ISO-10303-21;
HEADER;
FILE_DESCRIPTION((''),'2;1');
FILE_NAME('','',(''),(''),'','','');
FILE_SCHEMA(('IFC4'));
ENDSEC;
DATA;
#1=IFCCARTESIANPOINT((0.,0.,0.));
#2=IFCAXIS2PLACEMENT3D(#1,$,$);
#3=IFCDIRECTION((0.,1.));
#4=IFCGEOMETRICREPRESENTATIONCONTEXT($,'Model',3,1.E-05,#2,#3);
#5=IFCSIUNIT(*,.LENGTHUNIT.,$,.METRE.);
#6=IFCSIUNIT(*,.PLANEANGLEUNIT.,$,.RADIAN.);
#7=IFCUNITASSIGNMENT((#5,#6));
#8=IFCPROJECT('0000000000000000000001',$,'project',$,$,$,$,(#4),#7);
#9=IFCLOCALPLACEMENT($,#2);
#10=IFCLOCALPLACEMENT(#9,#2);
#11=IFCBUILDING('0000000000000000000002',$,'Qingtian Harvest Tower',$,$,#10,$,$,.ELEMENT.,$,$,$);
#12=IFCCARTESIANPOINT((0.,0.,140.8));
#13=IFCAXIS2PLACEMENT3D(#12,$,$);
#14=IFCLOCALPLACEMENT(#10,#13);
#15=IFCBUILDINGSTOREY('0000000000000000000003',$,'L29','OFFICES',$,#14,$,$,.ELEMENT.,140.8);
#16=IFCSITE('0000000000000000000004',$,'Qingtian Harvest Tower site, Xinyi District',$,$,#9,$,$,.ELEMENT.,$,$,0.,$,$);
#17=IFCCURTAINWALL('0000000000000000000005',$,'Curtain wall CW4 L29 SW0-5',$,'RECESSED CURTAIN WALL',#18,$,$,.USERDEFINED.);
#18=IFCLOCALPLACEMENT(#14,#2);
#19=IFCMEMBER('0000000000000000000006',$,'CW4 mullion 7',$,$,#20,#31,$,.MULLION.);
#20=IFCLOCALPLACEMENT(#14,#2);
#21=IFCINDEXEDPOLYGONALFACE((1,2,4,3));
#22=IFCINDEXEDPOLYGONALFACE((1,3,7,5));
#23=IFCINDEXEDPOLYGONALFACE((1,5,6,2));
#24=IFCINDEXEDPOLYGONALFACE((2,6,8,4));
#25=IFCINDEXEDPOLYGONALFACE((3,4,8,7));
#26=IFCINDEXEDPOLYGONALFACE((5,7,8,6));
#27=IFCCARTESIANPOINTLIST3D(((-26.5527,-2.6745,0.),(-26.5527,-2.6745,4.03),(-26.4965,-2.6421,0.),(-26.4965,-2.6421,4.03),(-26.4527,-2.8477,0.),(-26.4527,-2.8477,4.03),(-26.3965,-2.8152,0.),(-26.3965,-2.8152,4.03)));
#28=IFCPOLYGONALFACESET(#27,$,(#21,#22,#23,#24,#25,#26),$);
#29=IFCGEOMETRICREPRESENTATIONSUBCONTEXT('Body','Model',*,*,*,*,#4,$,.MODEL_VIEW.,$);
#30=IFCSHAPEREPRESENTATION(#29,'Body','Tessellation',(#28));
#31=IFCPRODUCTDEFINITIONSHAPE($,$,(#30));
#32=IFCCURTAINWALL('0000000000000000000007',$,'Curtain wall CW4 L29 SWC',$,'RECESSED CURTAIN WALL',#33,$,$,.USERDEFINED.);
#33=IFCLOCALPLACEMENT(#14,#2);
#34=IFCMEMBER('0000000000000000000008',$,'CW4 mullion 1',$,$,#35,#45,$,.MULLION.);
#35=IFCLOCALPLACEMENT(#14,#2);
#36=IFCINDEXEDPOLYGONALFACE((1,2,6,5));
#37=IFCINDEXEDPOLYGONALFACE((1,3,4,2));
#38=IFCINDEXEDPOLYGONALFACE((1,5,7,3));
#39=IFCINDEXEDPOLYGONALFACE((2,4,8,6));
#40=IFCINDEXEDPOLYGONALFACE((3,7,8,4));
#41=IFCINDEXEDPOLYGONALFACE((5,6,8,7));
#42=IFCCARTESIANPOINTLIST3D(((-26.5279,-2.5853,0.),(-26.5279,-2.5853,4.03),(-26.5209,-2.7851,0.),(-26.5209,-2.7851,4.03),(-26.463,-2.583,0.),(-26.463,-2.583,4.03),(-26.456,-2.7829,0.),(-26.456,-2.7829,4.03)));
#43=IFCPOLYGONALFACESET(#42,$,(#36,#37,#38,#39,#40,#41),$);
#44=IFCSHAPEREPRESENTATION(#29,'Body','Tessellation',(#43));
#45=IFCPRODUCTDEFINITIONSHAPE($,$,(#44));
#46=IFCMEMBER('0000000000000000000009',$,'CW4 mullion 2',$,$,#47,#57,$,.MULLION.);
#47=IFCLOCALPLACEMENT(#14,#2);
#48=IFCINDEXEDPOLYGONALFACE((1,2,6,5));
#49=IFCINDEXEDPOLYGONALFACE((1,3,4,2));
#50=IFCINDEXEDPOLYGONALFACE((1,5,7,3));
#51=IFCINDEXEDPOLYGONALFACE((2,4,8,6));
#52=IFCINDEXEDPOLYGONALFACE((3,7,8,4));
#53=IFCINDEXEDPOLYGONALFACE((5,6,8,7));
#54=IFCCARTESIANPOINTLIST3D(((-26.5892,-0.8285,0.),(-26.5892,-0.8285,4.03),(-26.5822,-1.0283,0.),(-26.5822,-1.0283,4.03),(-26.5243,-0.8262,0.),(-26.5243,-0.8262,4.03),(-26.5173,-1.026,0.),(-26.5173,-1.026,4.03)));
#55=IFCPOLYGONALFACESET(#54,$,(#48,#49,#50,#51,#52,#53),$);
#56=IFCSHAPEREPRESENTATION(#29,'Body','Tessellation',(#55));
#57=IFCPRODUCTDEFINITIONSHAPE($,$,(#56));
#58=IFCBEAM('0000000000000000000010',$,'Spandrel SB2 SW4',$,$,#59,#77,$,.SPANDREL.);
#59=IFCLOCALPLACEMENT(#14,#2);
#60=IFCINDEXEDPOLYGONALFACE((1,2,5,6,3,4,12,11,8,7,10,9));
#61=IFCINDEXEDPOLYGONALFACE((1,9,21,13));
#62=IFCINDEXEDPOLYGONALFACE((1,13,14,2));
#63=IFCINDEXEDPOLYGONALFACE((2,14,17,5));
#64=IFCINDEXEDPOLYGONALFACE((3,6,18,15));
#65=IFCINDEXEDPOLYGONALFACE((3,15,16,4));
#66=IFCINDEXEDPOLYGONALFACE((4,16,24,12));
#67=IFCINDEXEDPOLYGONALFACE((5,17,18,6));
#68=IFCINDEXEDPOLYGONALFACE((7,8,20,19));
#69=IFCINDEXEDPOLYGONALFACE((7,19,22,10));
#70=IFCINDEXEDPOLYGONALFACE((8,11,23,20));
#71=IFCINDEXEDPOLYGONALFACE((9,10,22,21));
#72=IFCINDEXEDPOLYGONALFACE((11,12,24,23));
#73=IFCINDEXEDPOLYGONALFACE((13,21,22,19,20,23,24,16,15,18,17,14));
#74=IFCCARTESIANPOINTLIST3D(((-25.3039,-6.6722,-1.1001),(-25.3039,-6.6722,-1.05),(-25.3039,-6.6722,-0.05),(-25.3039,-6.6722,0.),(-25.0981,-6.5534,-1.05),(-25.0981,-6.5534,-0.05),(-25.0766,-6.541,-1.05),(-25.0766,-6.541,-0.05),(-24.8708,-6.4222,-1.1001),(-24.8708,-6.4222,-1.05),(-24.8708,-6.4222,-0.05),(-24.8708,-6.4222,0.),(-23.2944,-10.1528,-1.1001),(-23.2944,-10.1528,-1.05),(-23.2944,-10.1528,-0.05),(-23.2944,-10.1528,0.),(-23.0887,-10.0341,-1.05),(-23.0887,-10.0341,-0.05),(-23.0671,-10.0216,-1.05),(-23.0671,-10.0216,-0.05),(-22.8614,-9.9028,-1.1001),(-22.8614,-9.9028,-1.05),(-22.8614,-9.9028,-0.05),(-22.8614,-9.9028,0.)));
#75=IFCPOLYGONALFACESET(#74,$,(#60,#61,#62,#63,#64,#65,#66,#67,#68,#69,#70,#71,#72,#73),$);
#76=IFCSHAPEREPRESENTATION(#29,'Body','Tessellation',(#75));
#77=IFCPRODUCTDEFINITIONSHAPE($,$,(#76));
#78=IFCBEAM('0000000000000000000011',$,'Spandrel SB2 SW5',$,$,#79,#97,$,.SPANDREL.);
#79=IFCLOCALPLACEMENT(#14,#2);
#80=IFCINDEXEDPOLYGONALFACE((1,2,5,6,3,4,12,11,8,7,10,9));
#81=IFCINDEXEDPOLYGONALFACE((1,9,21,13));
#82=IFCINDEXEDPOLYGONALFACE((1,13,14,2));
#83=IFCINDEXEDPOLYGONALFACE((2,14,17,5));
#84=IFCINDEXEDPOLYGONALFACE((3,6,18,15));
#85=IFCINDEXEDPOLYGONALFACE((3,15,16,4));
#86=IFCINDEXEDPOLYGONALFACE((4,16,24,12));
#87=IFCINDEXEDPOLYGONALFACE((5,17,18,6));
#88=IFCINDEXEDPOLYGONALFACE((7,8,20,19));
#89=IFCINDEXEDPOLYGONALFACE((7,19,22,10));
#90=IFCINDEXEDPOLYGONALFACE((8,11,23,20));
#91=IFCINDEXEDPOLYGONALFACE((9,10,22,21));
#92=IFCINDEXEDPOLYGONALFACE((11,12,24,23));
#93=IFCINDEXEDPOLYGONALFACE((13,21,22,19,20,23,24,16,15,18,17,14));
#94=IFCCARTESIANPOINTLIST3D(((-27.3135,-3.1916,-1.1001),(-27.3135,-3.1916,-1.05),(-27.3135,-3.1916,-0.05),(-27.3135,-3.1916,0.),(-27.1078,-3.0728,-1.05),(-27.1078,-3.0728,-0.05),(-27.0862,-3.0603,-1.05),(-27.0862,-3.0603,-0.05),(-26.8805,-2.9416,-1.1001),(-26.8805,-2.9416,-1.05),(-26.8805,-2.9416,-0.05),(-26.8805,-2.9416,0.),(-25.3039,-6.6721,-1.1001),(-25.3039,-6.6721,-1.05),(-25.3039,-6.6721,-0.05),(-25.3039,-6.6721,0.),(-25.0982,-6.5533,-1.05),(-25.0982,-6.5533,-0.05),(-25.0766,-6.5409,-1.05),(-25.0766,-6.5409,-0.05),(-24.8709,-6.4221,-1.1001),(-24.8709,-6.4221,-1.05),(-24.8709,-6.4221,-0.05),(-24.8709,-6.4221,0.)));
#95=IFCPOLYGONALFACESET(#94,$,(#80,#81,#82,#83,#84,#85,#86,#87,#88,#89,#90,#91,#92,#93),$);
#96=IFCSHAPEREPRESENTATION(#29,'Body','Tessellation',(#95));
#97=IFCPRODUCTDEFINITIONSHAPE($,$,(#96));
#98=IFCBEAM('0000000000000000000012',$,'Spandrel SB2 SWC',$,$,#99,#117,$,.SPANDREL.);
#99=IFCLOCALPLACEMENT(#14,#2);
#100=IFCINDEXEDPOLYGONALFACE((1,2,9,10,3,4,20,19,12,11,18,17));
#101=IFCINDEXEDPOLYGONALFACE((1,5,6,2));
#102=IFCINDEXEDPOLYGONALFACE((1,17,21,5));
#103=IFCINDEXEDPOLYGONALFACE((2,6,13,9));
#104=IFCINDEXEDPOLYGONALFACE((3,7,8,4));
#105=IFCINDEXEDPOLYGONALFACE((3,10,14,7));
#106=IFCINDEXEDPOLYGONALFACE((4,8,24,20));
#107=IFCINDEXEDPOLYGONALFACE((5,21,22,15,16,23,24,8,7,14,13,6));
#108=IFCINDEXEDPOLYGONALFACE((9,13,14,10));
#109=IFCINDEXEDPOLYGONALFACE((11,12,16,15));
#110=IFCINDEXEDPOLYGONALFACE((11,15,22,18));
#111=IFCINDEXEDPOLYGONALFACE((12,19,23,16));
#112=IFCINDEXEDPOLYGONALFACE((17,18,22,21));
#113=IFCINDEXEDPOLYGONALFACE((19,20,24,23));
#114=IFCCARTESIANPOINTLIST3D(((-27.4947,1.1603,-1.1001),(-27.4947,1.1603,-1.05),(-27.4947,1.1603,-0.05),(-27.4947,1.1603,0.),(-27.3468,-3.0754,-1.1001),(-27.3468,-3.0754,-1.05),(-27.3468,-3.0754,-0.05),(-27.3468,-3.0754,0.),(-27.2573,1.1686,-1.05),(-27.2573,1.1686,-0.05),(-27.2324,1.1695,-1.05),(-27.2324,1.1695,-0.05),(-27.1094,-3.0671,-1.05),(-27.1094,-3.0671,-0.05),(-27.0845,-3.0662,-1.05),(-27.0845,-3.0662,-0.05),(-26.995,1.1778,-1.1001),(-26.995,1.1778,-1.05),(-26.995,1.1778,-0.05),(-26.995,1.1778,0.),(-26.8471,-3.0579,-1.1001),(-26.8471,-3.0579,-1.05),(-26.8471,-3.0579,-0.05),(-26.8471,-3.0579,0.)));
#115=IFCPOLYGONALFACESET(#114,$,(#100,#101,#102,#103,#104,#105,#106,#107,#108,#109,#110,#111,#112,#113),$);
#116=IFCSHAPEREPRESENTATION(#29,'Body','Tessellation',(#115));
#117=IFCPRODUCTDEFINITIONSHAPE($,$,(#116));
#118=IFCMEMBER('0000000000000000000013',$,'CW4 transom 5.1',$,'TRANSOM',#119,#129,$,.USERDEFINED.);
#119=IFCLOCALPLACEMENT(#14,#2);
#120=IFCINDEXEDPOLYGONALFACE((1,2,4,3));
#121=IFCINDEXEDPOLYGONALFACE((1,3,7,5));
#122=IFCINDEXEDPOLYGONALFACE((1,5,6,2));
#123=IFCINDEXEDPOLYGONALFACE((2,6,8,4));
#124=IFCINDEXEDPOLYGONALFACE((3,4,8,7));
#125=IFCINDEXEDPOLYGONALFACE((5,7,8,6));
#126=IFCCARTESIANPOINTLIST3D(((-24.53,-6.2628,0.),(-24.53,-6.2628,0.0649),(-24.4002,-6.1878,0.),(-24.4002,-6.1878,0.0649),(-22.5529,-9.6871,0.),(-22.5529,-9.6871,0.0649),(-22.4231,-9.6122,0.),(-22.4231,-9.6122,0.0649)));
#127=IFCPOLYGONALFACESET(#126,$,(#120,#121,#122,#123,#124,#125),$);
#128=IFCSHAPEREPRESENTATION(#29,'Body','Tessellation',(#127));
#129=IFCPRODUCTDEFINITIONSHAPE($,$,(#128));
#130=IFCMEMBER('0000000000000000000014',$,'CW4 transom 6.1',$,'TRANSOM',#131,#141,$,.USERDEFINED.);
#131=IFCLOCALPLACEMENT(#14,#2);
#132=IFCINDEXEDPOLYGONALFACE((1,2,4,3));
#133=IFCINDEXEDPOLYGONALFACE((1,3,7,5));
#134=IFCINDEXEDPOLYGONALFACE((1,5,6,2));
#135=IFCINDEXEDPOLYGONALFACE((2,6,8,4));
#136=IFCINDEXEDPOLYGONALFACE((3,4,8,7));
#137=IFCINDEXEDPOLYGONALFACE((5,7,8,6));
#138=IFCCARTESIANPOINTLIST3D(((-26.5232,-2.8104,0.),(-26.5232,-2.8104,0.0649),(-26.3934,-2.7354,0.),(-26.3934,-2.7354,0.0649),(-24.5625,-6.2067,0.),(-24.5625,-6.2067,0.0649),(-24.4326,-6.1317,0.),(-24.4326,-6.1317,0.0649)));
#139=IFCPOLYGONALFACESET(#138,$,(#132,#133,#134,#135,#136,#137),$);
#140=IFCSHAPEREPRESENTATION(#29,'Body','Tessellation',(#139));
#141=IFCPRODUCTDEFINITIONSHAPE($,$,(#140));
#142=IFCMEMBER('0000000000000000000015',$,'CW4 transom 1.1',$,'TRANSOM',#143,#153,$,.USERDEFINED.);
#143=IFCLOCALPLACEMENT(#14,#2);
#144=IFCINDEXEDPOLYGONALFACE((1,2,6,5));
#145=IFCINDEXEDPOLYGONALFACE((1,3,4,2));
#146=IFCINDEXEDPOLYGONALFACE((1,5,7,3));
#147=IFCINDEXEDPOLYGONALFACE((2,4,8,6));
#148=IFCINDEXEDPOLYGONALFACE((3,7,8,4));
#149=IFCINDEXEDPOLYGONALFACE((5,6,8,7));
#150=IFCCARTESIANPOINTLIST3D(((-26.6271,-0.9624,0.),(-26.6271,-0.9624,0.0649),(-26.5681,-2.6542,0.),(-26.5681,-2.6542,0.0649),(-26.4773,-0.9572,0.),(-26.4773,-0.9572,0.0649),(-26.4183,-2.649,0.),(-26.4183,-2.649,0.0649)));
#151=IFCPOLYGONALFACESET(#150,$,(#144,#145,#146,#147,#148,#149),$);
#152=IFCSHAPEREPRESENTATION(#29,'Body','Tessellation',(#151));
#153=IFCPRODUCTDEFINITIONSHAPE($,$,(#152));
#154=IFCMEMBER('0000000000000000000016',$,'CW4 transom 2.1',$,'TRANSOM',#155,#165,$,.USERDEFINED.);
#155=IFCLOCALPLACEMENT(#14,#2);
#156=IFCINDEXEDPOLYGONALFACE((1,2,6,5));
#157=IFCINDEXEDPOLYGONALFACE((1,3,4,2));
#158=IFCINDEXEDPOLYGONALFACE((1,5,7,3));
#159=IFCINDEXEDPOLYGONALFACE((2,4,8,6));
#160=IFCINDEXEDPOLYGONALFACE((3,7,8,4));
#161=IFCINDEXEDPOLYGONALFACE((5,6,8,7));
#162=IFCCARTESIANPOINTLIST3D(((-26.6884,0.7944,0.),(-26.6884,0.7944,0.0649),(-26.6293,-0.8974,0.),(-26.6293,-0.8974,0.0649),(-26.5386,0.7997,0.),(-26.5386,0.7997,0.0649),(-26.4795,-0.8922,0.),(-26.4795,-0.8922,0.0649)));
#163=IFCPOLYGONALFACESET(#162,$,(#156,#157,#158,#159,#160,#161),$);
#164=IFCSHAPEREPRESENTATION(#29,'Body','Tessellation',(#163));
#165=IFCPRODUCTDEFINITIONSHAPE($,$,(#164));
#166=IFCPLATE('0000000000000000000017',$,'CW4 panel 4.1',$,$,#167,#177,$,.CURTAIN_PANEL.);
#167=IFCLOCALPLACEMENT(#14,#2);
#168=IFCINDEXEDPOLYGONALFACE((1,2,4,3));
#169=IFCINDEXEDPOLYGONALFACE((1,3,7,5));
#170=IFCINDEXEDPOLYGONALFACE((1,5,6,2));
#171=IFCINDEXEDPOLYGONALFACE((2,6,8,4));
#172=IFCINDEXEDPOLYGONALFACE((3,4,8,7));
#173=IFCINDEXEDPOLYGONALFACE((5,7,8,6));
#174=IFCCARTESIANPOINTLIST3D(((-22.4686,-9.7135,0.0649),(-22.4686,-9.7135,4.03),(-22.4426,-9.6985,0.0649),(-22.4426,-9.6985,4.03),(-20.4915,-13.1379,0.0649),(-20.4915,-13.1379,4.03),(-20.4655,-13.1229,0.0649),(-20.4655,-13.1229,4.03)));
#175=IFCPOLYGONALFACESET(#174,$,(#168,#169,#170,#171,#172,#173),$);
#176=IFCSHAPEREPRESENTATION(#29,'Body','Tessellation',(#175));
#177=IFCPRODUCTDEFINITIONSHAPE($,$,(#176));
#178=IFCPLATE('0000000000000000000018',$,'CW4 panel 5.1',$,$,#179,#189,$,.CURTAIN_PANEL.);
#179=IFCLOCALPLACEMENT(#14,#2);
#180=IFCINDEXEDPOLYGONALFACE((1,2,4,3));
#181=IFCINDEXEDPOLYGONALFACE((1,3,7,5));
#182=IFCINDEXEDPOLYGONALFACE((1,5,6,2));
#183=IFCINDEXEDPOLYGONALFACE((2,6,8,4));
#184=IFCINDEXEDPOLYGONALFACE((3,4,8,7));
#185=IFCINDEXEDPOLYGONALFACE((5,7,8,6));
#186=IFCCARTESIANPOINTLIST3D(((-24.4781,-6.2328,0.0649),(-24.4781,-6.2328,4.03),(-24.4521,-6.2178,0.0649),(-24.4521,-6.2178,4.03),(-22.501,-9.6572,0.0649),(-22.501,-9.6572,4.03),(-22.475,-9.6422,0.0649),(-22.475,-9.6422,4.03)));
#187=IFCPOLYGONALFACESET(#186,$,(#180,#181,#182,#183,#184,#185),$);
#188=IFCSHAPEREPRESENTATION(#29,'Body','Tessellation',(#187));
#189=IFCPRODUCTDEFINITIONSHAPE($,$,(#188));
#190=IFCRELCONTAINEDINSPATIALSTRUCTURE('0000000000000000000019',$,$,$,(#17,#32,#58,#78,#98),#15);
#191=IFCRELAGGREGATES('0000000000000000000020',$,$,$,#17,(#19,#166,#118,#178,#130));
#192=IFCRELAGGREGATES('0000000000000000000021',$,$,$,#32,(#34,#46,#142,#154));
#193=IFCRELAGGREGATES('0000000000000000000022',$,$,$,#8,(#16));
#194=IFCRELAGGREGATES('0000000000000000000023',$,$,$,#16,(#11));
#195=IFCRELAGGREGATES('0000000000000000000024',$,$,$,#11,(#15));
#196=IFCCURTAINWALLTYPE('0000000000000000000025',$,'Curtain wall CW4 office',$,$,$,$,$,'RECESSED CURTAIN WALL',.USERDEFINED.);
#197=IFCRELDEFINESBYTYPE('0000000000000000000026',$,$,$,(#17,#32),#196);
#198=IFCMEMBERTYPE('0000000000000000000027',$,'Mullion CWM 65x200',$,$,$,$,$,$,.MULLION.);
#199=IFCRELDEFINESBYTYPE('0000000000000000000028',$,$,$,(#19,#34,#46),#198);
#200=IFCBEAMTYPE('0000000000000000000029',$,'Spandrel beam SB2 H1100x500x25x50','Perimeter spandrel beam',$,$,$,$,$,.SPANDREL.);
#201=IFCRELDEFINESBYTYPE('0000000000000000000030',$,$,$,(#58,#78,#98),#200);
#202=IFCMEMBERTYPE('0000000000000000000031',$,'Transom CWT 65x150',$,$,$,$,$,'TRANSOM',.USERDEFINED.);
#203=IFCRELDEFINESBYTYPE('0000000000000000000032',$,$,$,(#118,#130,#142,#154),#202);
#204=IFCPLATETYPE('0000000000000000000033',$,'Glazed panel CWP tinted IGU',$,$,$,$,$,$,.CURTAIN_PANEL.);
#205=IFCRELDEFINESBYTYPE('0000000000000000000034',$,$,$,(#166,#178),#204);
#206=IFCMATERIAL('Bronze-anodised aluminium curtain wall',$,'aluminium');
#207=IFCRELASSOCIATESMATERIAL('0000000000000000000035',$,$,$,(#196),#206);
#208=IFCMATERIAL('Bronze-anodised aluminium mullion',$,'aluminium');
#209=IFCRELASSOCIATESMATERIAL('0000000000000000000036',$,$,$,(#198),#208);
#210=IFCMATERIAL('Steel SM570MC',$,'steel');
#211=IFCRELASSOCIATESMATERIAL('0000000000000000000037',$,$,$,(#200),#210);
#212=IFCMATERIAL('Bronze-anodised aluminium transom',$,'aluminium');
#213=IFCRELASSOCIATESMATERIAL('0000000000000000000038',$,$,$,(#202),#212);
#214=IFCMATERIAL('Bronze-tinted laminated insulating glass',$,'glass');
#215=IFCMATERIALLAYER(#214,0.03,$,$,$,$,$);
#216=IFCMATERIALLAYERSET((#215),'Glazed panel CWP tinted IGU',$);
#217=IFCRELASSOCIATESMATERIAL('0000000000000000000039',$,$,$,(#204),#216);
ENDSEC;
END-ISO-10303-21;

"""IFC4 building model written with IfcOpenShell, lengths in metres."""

from ifc_helpers import new_model, si_unit, direction, frame, origin, origin_2d, place, context, subcontext, project, spatial, rectangle, i_section, extrude, material, layer, layer_set, material_profile, profile_set, type_object, element, aggregate, save


model = new_model("IFC4")

# Units and contexts
model_context = context("Model", 3, precision=1e-05, world=origin(), true_north=direction((0.0, 1.0)))
body_context = subcontext(model_context, "Body", "Model", "MODEL_VIEW")
ifc_project = project(units=[si_unit("LENGTHUNIT", "METRE"), si_unit("PLANEANGLEUNIT", "RADIAN")], contexts=[model_context])

# Site, building, storey
site_placement = place(None, origin())
site = spatial("IfcSite", under=ifc_project, at=site_placement, Name="Qingtian Harvest Tower site, Xinyi District", CompositionType="ELEMENT", RefElevation=0.0)
building_placement = place(site_placement, origin())
building = spatial("IfcBuilding", under=site, at=building_placement, Name="Qingtian Harvest Tower", CompositionType="ELEMENT")
storey_placement = place(building_placement, frame((0.0, 0.0, 140.8)))
storey = spatial("IfcBuildingStorey", under=building, at=storey_placement, Name="L29", Description="OFFICES", CompositionType="ELEMENT", Elevation=140.8)

# Curtain walls, members
ifc_material_1 = material(Name="Bronze-anodised aluminium curtain wall", Category="aluminium")
curtain_wall_type = type_object("IfcCurtainWallType", Name="Curtain wall CW4 office", ElementType="RECESSED CURTAIN WALL", PredefinedType="USERDEFINED", material=ifc_material_1)
curtain_wall_1_placement = place(storey_placement, origin())
curtain_wall_1 = element("IfcCurtainWall", 1, at=curtain_wall_1_placement, inside=storey, type_object=curtain_wall_type, Name="Curtain wall CW4 L29 SW0-5", ObjectType="RECESSED CURTAIN WALL", PredefinedType="USERDEFINED")
ifc_material_2 = material(Name="Bronze-anodised aluminium mullion", Category="aluminium")
ifc_material_profile_1 = material_profile(ifc_material_2, rectangle(XDim=0.0649, YDim=0.2, at=origin_2d()), Name="AL 65x200")
ifc_profile_set_1 = profile_set([ifc_material_profile_1], Name="Bronze-anodised aluminium mullion")
member_type_1 = type_object("IfcMemberType", Name="Mullion CWM 65x200", PredefinedType="MULLION", material=ifc_profile_set_1)
member_1_placement = place(storey_placement, frame((-26.4746, -2.7449, 0.0), z_axis=(0.0, 0.0, 1.0), x_axis=(-0.866025, -0.5, 0.0)))
member_1 = element("IfcMember", 2, at=member_1_placement, type_object=member_type_1, Name="CW4 mullion 7", PredefinedType="MULLION", context=body_context, shape_type="SweptSolid", body=[
    extrude(rectangle(XDim=0.0649, YDim=0.2, at=origin_2d()), origin(), (0.0, 0.0, 1.0), 4.03),
])
curtain_wall_2_placement = place(storey_placement, origin())
curtain_wall_2 = element("IfcCurtainWall", 3, at=curtain_wall_2_placement, inside=storey, type_object=curtain_wall_type, Name="Curtain wall CW4 L29 SWC", ObjectType="RECESSED CURTAIN WALL", PredefinedType="USERDEFINED")
member_2_placement = place(storey_placement, frame((-26.4919, -2.6841, 0.0), z_axis=(0.0, 0.0, 1.0), x_axis=(-0.999391, -0.034899, 0.0)))
member_2 = element("IfcMember", 4, at=member_2_placement, type_object=member_type_1, Name="CW4 mullion 1", PredefinedType="MULLION", context=body_context, shape_type="SweptSolid", body=[
    extrude(rectangle(XDim=0.0649, YDim=0.2, at=origin_2d()), origin(), (0.0, 0.0, 1.0), 4.03),
])
member_3_placement = place(storey_placement, frame((-26.5532, -0.9272, 0.0), z_axis=(0.0, 0.0, 1.0), x_axis=(-0.999391, -0.034899, 0.0)))
member_3 = element("IfcMember", 5, at=member_3_placement, type_object=member_type_1, Name="CW4 mullion 2", PredefinedType="MULLION", context=body_context, shape_type="SweptSolid", body=[
    extrude(rectangle(XDim=0.0649, YDim=0.2, at=origin_2d()), origin(), (0.0, 0.0, 1.0), 4.03),
])

# Beams
ifc_material_3 = material(Name="Steel SM570MC", Category="steel")
ifc_material_profile_2 = material_profile(ifc_material_3, i_section(OverallWidth=0.5, OverallDepth=1.1001, WebThickness=0.0249, FlangeThickness=0.05, at=origin_2d()), Name="H1100x500x25x50")
ifc_profile_set_2 = profile_set([ifc_material_profile_2], Name="Steel SM570MC")
beam_type_1 = type_object("IfcBeamType", Name="Spandrel beam SB2 H1100x500x25x50", Description="Perimeter spandrel beam", PredefinedType="SPANDREL", material=ifc_profile_set_2)
for number, where, z_axis, x_axis, name in (
    (6, (-23.0779, -10.0278, -0.55), (-0.499987, 0.866033, 0.0), (-0.866033, -0.499987, 0.0), "Spandrel SB2 SW4"),
    (7, (-25.0874, -6.5471, -0.55), (-0.500013, 0.866018, 0.0), (-0.866018, -0.500013, 0.0), "Spandrel SB2 SW5"),
):
    element("IfcBeam", number, at=place(storey_placement, frame(where, z_axis=z_axis, x_axis=x_axis)), inside=storey, type_object=beam_type_1, Name=name, PredefinedType="SPANDREL", context=body_context, shape_type="SweptSolid", body=[
        extrude(i_section(OverallWidth=0.5, OverallDepth=1.1001, WebThickness=0.0249, FlangeThickness=0.05, at=origin_2d()), origin(), (0.0, 0.0, 1.0), 4.019),
    ])
beam_1_placement = place(storey_placement, frame((-27.0969, -3.0667, -0.55), z_axis=(-0.034909, 0.999391, 0.0), x_axis=(-0.999391, -0.034909, 0.0)))
element("IfcBeam", 8, at=beam_1_placement, inside=storey, type_object=beam_type_1, Name="Spandrel SB2 SWC", PredefinedType="SPANDREL", context=body_context, shape_type="SweptSolid", body=[
    extrude(i_section(OverallWidth=0.5, OverallDepth=1.1001, WebThickness=0.0249, FlangeThickness=0.05, at=origin_2d()), origin(), (0.0, 0.0, 1.0), 4.2383),
])

# Members
ifc_material_4 = material(Name="Bronze-anodised aluminium transom", Category="aluminium")
ifc_material_profile_3 = material_profile(ifc_material_4, rectangle(XDim=0.1499, YDim=0.0649, at=origin_2d()), Name="AL 65x150")
ifc_profile_set_3 = profile_set([ifc_material_profile_3], Name="Bronze-anodised aluminium transom")
member_type_2 = type_object("IfcMemberType", Name="Transom CWT 65x150", ElementType="TRANSOM", PredefinedType="USERDEFINED", material=ifc_profile_set_3)
member_4_placement = place(storey_placement, frame((-22.488, -9.6497, 0.0325), z_axis=(-0.500004, 0.866023, 0.0), x_axis=(-0.866023, -0.500004, 0.0)))
member_4 = element("IfcMember", 9, at=member_4_placement, type_object=member_type_2, Name="CW4 transom 5.1", ObjectType="TRANSOM", PredefinedType="USERDEFINED", context=body_context, shape_type="SweptSolid", body=[
    extrude(rectangle(XDim=0.1499, YDim=0.0649, at=origin_2d()), origin(), (0.0, 0.0, 1.0), 3.9541),
])
member_5_placement = place(storey_placement, frame((-24.4976, -6.1692, 0.0325), z_axis=(-0.499976, 0.866039, 0.0), x_axis=(-0.866039, -0.499976, 0.0)))
member_5 = element("IfcMember", 10, at=member_5_placement, type_object=member_type_2, Name="CW4 transom 6.1", ObjectType="TRANSOM", PredefinedType="USERDEFINED", context=body_context, shape_type="SweptSolid", body=[
    extrude(rectangle(XDim=0.1499, YDim=0.0649, at=origin_2d()), origin(), (0.0, 0.0, 1.0), 3.9216),
])
member_6_placement = place(storey_placement, frame((-26.4932, -2.6516, 0.0325), z_axis=(-0.034899, 0.999391, 0.0), x_axis=(-0.999391, -0.034899, 0.0)))
member_6 = element("IfcMember", 11, at=member_6_placement, type_object=member_type_2, Name="CW4 transom 1.1", ObjectType="TRANSOM", PredefinedType="USERDEFINED", context=body_context, shape_type="SweptSolid", body=[
    extrude(rectangle(XDim=0.1499, YDim=0.0649, at=origin_2d()), origin(), (0.0, 0.0, 1.0), 1.6929),
])
member_7_placement = place(storey_placement, frame((-26.5544, -0.8948, 0.0325), z_axis=(-0.034899, 0.999391, 0.0), x_axis=(-0.999391, -0.034899, 0.0)))
member_7 = element("IfcMember", 12, at=member_7_placement, type_object=member_type_2, Name="CW4 transom 2.1", ObjectType="TRANSOM", PredefinedType="USERDEFINED", context=body_context, shape_type="SweptSolid", body=[
    extrude(rectangle(XDim=0.1499, YDim=0.0649, at=origin_2d()), origin(), (0.0, 0.0, 1.0), 1.6929),
])

# Plates
ifc_material_5 = material(Name="Bronze-tinted laminated insulating glass", Category="glass")
ifc_layer_1 = layer(ifc_material_5, 0.03)
ifc_layer_set_1 = layer_set([ifc_layer_1], Name="Glazed panel CWP tinted IGU")
plate_type = type_object("IfcPlateType", Name="Glazed panel CWP tinted IGU", PredefinedType="CURTAIN_PANEL", material=ifc_layer_set_1)
plate_1_placement = place(storey_placement, frame((-21.467, -11.4182, 0.0649), z_axis=(0.0, 0.0, 1.0), x_axis=(-0.5, 0.866025, 0.0)))
plate_1 = element("IfcPlate", 13, at=plate_1_placement, type_object=plate_type, Name="CW4 panel 4.1", PredefinedType="CURTAIN_PANEL", context=body_context, shape_type="SweptSolid", body=[
    extrude(rectangle(XDim=3.9541, YDim=0.03, at=origin_2d()), origin(), (0.0, 0.0, 1.0), 3.9651),
])
plate_2_placement = place(storey_placement, frame((-23.4766, -7.9375, 0.0649), z_axis=(0.0, 0.0, 1.0), x_axis=(-0.5, 0.866025, 0.0)))
plate_2 = element("IfcPlate", 14, at=plate_2_placement, type_object=plate_type, Name="CW4 panel 5.1", PredefinedType="CURTAIN_PANEL", context=body_context, shape_type="SweptSolid", body=[
    extrude(rectangle(XDim=3.9541, YDim=0.03, at=origin_2d()), origin(), (0.0, 0.0, 1.0), 3.9651),
])
aggregate(curtain_wall_1, [member_1, plate_1, member_4, plate_2, member_5])
aggregate(curtain_wall_2, [member_2, member_3, member_6, member_7])

save(model, "model.ifc")
